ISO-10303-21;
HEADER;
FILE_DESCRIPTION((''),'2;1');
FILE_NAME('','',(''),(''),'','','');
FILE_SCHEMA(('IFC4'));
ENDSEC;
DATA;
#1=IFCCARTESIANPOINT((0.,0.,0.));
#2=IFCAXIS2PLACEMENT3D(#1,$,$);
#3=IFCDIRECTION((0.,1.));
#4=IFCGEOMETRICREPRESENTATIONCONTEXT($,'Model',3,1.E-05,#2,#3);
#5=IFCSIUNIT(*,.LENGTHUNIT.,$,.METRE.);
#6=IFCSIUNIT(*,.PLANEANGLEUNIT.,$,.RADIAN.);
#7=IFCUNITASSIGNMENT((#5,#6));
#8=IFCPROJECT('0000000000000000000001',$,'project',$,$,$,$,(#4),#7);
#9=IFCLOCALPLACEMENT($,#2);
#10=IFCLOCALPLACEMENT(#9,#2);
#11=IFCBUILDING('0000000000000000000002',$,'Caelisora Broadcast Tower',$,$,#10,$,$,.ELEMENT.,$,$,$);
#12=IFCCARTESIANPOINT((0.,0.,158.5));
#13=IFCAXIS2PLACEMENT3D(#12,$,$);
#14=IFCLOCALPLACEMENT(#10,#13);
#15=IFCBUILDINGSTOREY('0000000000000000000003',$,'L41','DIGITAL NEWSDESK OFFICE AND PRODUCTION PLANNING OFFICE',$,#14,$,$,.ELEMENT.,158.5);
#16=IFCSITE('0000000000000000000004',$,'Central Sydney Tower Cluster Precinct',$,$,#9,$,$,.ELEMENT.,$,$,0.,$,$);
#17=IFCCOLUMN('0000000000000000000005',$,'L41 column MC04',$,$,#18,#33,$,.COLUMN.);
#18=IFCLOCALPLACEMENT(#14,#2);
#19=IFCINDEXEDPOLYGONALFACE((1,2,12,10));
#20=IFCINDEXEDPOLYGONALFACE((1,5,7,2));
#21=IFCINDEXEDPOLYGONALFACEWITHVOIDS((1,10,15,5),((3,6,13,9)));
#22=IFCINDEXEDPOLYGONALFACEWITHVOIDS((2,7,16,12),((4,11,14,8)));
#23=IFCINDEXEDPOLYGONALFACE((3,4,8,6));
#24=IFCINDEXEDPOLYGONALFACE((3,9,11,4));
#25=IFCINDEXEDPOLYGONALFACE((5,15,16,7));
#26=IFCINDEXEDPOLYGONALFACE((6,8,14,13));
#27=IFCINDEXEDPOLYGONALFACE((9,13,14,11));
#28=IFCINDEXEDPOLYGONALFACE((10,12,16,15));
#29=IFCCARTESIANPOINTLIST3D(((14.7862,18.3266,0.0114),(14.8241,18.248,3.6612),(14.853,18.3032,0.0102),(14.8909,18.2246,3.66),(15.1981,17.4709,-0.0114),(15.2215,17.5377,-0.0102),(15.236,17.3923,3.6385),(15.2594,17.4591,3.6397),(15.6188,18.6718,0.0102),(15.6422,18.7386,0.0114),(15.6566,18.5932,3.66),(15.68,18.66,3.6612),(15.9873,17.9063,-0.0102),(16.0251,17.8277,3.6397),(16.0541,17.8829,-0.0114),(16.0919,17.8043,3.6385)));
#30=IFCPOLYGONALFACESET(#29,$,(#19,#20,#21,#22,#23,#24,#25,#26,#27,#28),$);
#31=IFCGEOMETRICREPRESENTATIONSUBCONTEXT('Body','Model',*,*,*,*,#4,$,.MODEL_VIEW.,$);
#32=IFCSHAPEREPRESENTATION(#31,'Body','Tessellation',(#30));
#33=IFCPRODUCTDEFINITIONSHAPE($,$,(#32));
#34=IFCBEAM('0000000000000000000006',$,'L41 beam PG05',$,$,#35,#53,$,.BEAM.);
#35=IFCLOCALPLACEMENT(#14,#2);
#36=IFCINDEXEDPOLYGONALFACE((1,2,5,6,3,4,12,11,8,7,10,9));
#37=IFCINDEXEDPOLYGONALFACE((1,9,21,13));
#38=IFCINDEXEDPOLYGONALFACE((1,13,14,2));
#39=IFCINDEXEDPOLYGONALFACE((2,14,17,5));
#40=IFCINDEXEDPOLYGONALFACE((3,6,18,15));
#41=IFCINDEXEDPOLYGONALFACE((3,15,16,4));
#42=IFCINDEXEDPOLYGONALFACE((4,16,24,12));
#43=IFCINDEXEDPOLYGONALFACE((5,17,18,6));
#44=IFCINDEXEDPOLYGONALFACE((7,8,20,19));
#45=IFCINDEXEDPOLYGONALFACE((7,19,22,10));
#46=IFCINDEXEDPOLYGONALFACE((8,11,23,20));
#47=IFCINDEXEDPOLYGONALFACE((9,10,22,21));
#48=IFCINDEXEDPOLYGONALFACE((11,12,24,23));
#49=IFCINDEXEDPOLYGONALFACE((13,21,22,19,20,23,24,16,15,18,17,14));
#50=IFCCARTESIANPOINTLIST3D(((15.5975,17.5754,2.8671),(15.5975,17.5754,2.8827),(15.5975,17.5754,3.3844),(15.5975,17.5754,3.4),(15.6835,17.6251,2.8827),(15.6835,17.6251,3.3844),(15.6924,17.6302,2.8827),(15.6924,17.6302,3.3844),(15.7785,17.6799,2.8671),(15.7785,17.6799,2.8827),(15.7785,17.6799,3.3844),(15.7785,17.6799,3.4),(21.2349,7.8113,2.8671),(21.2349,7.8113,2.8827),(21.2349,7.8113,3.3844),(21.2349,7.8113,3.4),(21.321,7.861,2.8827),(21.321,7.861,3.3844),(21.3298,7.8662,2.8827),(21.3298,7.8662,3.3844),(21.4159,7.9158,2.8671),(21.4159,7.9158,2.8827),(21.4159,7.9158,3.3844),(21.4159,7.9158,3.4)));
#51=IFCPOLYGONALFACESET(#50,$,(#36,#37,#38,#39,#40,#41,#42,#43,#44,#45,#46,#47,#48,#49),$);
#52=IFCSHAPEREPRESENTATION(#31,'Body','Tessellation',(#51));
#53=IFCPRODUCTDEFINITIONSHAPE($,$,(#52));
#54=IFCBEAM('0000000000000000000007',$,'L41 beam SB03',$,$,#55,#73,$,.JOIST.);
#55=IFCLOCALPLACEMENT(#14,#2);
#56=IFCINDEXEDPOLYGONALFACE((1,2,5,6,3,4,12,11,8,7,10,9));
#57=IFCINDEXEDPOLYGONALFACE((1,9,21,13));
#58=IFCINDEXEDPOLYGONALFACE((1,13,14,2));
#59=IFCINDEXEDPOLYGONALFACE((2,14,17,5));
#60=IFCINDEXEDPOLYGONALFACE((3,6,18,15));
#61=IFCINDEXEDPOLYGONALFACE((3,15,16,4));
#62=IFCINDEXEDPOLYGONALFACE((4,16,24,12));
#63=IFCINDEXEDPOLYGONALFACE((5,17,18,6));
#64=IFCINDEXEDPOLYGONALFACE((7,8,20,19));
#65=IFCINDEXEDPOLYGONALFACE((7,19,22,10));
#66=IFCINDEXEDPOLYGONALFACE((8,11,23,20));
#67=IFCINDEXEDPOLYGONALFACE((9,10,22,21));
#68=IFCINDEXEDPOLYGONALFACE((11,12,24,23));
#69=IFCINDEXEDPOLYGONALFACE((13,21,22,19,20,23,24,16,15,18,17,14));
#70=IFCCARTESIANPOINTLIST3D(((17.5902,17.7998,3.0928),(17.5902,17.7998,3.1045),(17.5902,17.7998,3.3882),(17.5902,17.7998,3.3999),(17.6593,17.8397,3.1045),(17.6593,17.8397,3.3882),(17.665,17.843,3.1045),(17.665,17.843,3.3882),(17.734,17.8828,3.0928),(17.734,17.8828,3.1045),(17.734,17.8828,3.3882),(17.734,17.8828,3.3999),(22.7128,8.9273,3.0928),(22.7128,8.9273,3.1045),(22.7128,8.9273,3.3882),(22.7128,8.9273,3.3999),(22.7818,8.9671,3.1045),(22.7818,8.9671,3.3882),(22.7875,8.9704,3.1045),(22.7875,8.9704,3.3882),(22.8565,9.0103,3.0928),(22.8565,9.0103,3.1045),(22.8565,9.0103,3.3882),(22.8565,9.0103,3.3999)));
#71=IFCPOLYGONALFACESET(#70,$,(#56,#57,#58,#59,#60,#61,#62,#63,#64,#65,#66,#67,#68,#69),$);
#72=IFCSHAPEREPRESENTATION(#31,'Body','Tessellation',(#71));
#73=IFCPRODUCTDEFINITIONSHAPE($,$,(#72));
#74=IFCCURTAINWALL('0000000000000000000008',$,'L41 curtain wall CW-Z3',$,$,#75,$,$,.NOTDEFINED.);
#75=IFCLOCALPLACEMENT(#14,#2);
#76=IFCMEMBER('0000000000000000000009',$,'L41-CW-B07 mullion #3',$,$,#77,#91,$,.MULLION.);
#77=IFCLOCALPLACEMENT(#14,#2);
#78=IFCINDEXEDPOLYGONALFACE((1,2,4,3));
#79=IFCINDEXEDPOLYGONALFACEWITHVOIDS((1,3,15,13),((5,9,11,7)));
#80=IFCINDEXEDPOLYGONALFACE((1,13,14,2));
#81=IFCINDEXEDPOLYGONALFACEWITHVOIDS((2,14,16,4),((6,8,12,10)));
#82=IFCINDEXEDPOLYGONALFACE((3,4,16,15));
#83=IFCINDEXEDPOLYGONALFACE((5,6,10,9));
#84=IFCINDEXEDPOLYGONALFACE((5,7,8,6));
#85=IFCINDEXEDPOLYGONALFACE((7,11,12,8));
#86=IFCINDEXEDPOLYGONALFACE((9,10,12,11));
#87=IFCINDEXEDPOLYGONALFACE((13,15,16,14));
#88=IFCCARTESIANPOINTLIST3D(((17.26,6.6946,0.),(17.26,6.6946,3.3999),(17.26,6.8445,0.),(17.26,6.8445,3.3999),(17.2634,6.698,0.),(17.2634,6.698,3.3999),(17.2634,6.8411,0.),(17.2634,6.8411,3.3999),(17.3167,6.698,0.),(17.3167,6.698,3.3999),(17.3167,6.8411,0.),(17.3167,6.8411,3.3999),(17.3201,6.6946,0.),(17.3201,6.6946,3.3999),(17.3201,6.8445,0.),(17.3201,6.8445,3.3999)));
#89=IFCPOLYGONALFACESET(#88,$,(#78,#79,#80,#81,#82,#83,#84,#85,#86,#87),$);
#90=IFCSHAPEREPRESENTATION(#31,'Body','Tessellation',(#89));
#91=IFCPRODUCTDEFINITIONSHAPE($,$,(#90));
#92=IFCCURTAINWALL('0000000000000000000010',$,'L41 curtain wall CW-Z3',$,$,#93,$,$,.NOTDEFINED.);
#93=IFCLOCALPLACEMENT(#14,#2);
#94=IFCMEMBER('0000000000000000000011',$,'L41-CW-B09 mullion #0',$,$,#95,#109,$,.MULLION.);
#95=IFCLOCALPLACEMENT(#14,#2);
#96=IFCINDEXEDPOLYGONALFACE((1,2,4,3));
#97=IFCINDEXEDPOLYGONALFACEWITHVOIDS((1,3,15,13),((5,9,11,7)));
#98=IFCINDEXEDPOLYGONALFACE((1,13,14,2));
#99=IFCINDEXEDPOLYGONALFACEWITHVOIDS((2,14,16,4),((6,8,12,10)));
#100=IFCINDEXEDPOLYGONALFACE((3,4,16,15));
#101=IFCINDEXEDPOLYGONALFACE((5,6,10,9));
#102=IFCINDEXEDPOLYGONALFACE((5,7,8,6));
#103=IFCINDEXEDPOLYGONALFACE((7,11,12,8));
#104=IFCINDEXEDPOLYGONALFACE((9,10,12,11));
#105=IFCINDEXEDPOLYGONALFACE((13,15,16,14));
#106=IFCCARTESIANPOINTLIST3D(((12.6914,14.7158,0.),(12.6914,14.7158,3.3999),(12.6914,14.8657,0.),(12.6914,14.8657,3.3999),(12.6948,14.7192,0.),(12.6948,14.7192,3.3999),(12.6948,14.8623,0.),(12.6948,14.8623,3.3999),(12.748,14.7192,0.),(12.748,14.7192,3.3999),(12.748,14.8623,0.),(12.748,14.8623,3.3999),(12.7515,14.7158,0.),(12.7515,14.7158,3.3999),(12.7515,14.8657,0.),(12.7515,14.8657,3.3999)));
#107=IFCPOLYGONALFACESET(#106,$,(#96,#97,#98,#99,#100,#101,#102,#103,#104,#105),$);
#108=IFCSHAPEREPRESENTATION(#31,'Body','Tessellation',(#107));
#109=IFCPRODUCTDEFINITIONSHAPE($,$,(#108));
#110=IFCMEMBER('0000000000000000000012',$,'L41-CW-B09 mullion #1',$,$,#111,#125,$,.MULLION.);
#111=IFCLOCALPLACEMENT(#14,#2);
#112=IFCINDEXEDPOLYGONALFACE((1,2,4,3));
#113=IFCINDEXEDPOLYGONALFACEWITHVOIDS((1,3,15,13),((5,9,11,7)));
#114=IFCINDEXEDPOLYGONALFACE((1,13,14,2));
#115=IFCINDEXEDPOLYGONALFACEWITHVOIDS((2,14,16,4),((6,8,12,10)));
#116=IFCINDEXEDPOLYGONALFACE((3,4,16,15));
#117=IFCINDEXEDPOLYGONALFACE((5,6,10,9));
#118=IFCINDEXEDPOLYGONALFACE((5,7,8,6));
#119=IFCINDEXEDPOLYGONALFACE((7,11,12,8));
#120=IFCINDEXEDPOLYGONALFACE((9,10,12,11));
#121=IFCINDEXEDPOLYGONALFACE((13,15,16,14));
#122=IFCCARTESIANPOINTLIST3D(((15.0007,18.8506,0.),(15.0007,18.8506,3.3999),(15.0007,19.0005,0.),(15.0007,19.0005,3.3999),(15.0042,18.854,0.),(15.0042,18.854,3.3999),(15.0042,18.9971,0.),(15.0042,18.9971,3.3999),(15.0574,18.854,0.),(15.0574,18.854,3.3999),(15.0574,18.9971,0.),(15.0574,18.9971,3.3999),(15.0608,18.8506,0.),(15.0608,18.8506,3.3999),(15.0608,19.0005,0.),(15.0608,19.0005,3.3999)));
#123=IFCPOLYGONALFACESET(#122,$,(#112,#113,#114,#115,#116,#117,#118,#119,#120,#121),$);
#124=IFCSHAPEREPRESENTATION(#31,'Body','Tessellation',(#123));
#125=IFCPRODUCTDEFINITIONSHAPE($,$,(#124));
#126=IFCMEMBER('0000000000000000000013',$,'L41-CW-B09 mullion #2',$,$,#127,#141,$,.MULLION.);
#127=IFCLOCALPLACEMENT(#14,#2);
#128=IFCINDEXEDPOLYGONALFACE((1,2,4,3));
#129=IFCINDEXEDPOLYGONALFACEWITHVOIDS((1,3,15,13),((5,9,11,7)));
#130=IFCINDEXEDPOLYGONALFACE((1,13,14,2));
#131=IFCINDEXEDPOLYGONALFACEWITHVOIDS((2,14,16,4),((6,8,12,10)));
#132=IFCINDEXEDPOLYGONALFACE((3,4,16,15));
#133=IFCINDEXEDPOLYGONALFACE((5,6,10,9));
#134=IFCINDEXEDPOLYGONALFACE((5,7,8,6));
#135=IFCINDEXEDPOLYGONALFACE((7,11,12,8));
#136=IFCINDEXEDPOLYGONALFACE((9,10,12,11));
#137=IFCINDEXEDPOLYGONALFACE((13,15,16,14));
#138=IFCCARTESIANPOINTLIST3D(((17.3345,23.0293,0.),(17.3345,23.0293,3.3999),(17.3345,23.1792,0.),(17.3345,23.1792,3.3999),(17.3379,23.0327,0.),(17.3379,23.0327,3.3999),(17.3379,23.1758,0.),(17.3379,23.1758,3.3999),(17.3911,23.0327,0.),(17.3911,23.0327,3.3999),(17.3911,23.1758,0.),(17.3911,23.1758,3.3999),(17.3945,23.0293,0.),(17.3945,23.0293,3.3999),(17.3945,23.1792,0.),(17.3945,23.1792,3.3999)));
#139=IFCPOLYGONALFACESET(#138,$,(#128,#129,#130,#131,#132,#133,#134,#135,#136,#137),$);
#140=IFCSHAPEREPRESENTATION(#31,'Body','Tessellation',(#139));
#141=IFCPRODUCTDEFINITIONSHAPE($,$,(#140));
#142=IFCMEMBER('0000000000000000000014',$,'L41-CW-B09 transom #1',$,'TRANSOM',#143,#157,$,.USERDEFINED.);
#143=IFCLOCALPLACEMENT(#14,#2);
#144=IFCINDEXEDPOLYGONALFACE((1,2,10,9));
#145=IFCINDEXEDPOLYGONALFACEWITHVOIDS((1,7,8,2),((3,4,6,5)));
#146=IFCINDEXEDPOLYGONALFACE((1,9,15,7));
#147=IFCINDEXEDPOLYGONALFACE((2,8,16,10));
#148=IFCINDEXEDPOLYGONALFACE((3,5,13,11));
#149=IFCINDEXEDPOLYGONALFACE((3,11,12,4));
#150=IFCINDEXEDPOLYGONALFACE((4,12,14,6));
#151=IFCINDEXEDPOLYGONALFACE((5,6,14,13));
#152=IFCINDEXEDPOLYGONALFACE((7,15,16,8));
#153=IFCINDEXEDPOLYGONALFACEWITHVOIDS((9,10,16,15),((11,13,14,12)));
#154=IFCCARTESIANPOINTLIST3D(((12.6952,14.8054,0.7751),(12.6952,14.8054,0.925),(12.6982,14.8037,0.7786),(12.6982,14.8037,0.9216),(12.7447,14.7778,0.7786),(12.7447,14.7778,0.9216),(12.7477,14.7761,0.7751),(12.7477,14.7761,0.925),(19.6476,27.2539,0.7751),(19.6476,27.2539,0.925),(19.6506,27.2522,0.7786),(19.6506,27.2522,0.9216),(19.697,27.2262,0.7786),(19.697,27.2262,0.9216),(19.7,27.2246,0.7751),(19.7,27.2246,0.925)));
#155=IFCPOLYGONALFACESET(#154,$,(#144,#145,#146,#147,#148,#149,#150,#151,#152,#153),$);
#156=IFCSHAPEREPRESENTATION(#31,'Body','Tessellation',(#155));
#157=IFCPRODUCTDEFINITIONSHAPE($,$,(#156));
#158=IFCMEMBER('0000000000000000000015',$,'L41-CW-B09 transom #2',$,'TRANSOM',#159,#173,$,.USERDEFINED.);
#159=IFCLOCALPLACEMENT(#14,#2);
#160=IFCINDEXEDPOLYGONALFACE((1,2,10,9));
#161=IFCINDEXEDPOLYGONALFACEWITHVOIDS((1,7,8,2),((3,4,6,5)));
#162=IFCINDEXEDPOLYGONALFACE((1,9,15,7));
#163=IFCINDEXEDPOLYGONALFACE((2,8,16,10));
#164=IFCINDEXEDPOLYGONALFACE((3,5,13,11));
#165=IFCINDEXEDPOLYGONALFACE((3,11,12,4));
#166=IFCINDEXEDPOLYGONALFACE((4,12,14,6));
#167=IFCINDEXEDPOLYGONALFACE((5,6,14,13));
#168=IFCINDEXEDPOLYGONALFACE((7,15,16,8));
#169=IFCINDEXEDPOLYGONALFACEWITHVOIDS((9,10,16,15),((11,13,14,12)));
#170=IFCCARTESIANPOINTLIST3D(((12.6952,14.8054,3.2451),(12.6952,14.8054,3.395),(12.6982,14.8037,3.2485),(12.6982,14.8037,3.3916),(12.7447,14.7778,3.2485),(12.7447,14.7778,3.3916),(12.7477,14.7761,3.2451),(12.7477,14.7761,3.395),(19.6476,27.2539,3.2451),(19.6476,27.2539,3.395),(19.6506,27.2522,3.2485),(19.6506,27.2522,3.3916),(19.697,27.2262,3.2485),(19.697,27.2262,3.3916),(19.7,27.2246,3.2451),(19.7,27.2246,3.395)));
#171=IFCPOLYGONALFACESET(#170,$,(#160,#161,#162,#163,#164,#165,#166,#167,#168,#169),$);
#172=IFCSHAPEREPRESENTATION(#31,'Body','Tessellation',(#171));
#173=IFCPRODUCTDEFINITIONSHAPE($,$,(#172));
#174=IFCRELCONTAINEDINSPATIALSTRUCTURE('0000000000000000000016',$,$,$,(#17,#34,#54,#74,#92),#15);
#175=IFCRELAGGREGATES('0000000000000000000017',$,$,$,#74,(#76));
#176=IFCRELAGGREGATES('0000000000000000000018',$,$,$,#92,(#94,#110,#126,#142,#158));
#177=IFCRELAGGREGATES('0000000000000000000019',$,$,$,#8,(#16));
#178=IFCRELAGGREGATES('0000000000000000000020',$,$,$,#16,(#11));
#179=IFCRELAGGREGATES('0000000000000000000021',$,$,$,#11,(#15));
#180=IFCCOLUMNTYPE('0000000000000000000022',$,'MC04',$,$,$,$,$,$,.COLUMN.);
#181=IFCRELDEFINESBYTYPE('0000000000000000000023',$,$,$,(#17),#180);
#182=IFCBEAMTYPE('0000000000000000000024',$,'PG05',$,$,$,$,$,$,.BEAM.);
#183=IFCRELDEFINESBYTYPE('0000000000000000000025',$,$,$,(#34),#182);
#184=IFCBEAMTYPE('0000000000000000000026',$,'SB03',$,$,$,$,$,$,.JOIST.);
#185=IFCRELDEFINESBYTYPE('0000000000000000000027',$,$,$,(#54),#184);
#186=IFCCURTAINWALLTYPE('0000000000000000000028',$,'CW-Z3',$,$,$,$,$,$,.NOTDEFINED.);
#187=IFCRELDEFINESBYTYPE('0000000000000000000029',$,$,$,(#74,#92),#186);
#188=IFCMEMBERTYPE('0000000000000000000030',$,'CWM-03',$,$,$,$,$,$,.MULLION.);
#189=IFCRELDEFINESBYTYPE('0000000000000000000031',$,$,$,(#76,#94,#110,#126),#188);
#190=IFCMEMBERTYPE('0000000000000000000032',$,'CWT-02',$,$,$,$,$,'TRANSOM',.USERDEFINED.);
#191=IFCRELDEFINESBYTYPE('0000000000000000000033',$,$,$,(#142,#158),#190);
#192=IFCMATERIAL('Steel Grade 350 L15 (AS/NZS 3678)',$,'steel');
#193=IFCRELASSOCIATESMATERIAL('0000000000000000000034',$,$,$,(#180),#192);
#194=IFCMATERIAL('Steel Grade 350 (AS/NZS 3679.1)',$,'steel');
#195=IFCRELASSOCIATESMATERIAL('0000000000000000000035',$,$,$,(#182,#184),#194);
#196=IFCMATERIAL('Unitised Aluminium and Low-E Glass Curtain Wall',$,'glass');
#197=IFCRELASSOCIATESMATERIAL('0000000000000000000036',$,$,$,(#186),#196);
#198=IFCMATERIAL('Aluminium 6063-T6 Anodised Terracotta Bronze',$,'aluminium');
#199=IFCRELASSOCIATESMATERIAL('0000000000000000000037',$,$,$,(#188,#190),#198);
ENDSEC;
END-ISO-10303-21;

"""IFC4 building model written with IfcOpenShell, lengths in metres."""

from ifc_helpers import new_model, si_unit, direction, frame, origin, origin_2d, place, context, subcontext, project, spatial, hollow_rectangle, i_section, extrude, source, transform, mapped, material, material_profile, profile_set, type_object, type_shapes, element, aggregate, save


model = new_model("IFC4")

# Units and contexts
model_context = context("Model", 3, precision=1e-05, world=origin(), true_north=direction((0.0, 1.0)))
body_context = subcontext(model_context, "Body", "Model", "MODEL_VIEW")
ifc_project = project(units=[si_unit("LENGTHUNIT", "METRE"), si_unit("PLANEANGLEUNIT", "RADIAN")], contexts=[model_context])

# Site, building, storey
site_placement = place(None, origin())
site = spatial("IfcSite", under=ifc_project, at=site_placement, Name="Central Sydney Tower Cluster Precinct", CompositionType="ELEMENT", RefElevation=0.0)
building_placement = place(site_placement, origin())
building = spatial("IfcBuilding", under=site, at=building_placement, Name="Caelisora Broadcast Tower", CompositionType="ELEMENT")
storey_placement = place(building_placement, frame((0.0, 0.0, 158.5)))
storey = spatial("IfcBuildingStorey", under=building, at=storey_placement, Name="L41", Description="DIGITAL NEWSDESK OFFICE AND PRODUCTION PLANNING OFFICE", CompositionType="ELEMENT", Elevation=158.5)

# Column
ifc_material_1 = material(Name="Steel Grade 350 L15 (AS/NZS 3678)", Category="steel")
ifc_material_profile_1 = material_profile(ifc_material_1, hollow_rectangle(XDim=0.95, YDim=0.95, WallThickness=0.05, at=origin_2d()), Name="Steel Grade 350 L15 (AS/NZS 3678)")
ifc_profile_set_1 = profile_set([ifc_material_profile_1], Name="Steel Grade 350 L15 (AS/NZS 3678)")
column_type = type_object("IfcColumnType", Name="MC04", PredefinedType="COLUMN", material=ifc_profile_set_1)
shared_shape_1 = source(origin(), body_context, "Body", "SweptSolid", [
    extrude(hollow_rectangle(XDim=0.95, YDim=0.95, WallThickness=0.05, at=origin_2d()), origin(), (0.0, 0.0, 1.0), 3.6509),
])
type_shapes(column_type, [shared_shape_1])
column_placement = place(storey_placement, frame((15.4202, 18.1047, 0.0), z_axis=(0.010365, -0.021532, 0.999714), x_axis=(0.901042, 0.433731, 0.0)))
element("IfcColumn", 1, at=column_placement, inside=storey, type_object=column_type, Name="L41 column MC04", PredefinedType="COLUMN", context=body_context, shape_type="MappedRepresentation", body=[
    mapped(shared_shape_1, transform((0.0, 0.0, 0.0), scale=1.0)),
])

# Beams
ifc_material_2 = material(Name="Steel Grade 350 (AS/NZS 3679.1)", Category="steel")
ifc_material_profile_2 = material_profile(ifc_material_2, i_section(OverallWidth=0.209, OverallDepth=0.533, WebThickness=0.0103, FlangeThickness=0.0156, at=origin_2d()), Name="Steel Grade 350 (AS/NZS 3679.1)")
ifc_profile_set_2 = profile_set([ifc_material_profile_2], Name="Steel Grade 350 (AS/NZS 3679.1)")
beam_type_1 = type_object("IfcBeamType", Name="PG05", PredefinedType="BEAM", material=ifc_profile_set_2)
shared_shape_2 = source(origin(), body_context, "Body", "SweptSolid", [
    extrude(i_section(OverallWidth=0.209, OverallDepth=0.533, WebThickness=0.0103, FlangeThickness=0.0156, at=origin_2d()), origin(), (0.0, 0.0, 1.0), 11.2747),
])
type_shapes(beam_type_1, [shared_shape_2])
beam_1_placement = place(storey_placement, frame((15.688, 17.6277, 3.1335), z_axis=(0.500007, -0.866021, 0.0), x_axis=(0.866021, 0.500007, 0.0)))
element("IfcBeam", 2, at=beam_1_placement, inside=storey, type_object=beam_type_1, Name="L41 beam PG05", PredefinedType="BEAM", context=body_context, shape_type="MappedRepresentation", body=[
    mapped(shared_shape_2, transform((0.0, 0.0, 0.0), scale=1.0)),
])
ifc_material_profile_3 = material_profile(ifc_material_2, i_section(OverallWidth=0.166, OverallDepth=0.3071, WebThickness=0.0066, FlangeThickness=0.0117, at=origin_2d()), Name="Steel Grade 350 (AS/NZS 3679.1)")
ifc_profile_set_3 = profile_set([ifc_material_profile_3], Name="Steel Grade 350 (AS/NZS 3679.1)")
beam_type_2 = type_object("IfcBeamType", Name="SB03", PredefinedType="JOIST", material=ifc_profile_set_3)
shared_shape_3 = source(origin(), body_context, "Body", "SweptSolid", [
    extrude(i_section(OverallWidth=0.166, OverallDepth=0.3071, WebThickness=0.0066, FlangeThickness=0.0117, at=origin_2d()), origin(), (0.0, 0.0, 1.0), 10.2451),
])
type_shapes(beam_type_2, [shared_shape_3])
beam_2_placement = place(storey_placement, frame((17.6621, 17.8413, 3.2463), z_axis=(0.499999, -0.866026, 0.0), x_axis=(0.866026, 0.499999, 0.0)))
element("IfcBeam", 3, at=beam_2_placement, inside=storey, type_object=beam_type_2, Name="L41 beam SB03", PredefinedType="JOIST", context=body_context, shape_type="MappedRepresentation", body=[
    mapped(shared_shape_3, transform((0.0, 0.0, 0.0), scale=1.0)),
])

# Curtain wall, member
ifc_material_3 = material(Name="Unitised Aluminium and Low-E Glass Curtain Wall", Category="glass")
curtain_wall_type = type_object("IfcCurtainWallType", Name="CW-Z3", PredefinedType="NOTDEFINED", material=ifc_material_3)
curtain_wall_1_placement = place(storey_placement, origin())
curtain_wall_1 = element("IfcCurtainWall", 4, at=curtain_wall_1_placement, inside=storey, type_object=curtain_wall_type, Name="L41 curtain wall CW-Z3", PredefinedType="NOTDEFINED")
ifc_material_4 = material(Name="Aluminium 6063-T6 Anodised Terracotta Bronze", Category="aluminium")
ifc_material_profile_4 = material_profile(ifc_material_4, hollow_rectangle(XDim=0.0601, YDim=0.1499, WallThickness=0.0034, at=origin_2d()), Name="Aluminium 6063-T6 Anodised Terracotta Bronze")
ifc_profile_set_4 = profile_set([ifc_material_profile_4], Name="Aluminium 6063-T6 Anodised Terracotta Bronze")
member_type_1 = type_object("IfcMemberType", Name="CWM-03", PredefinedType="MULLION", material=ifc_profile_set_4)
shared_shape_4 = source(origin(), body_context, "Body", "SweptSolid", [
    extrude(hollow_rectangle(XDim=0.0601, YDim=0.1499, WallThickness=0.0034, at=origin_2d()), origin(), (0.0, 0.0, 1.0), 3.3999),
])
type_shapes(member_type_1, [shared_shape_4])
member_1_placement = place(storey_placement, frame((17.29, 6.7695, 0.0), z_axis=(0.0, 0.0, 1.0), x_axis=(1.0, 0.0, 0.0)))
member_1 = element("IfcMember", 5, at=member_1_placement, type_object=member_type_1, Name="L41-CW-B07 mullion #3", PredefinedType="MULLION", context=body_context, shape_type="MappedRepresentation", body=[
    mapped(shared_shape_4, transform((0.0, 0.0, 0.0), scale=1.0)),
])
aggregate(curtain_wall_1, [member_1])

# Curtain wall, members
curtain_wall_2_placement = place(storey_placement, origin())
curtain_wall_2 = element("IfcCurtainWall", 6, at=curtain_wall_2_placement, inside=storey, type_object=curtain_wall_type, Name="L41 curtain wall CW-Z3", PredefinedType="NOTDEFINED")
member_2_placement = place(storey_placement, frame((12.7214, 14.7908, 0.0), z_axis=(0.0, 0.0, 1.0), x_axis=(1.0, 0.0, 0.0)))
member_2 = element("IfcMember", 7, at=member_2_placement, type_object=member_type_1, Name="L41-CW-B09 mullion #0", PredefinedType="MULLION", context=body_context, shape_type="MappedRepresentation", body=[
    mapped(shared_shape_4, transform((0.0, 0.0, 0.0), scale=1.0)),
])
member_3_placement = place(storey_placement, frame((15.0308, 18.9255, 0.0), z_axis=(0.0, 0.0, 1.0), x_axis=(1.0, 0.0, 0.0)))
member_3 = element("IfcMember", 8, at=member_3_placement, type_object=member_type_1, Name="L41-CW-B09 mullion #1", PredefinedType="MULLION", context=body_context, shape_type="MappedRepresentation", body=[
    mapped(shared_shape_4, transform((0.0, 0.0, 0.0), scale=1.0)),
])
member_4_placement = place(storey_placement, frame((17.3645, 23.1042, 0.0), z_axis=(0.0, 0.0, 1.0), x_axis=(1.0, 0.0, 0.0)))
member_4 = element("IfcMember", 9, at=member_4_placement, type_object=member_type_1, Name="L41-CW-B09 mullion #2", PredefinedType="MULLION", context=body_context, shape_type="MappedRepresentation", body=[
    mapped(shared_shape_4, transform((0.0, 0.0, 0.0), scale=1.0)),
])
ifc_material_profile_5 = material_profile(ifc_material_4, hollow_rectangle(XDim=0.0601, YDim=0.1499, WallThickness=0.0034, at=origin_2d()), Name="Aluminium 6063-T6 Anodised Terracotta Bronze")
ifc_profile_set_5 = profile_set([ifc_material_profile_5], Name="Aluminium 6063-T6 Anodised Terracotta Bronze")
member_type_2 = type_object("IfcMemberType", Name="CWT-02", ElementType="TRANSOM", PredefinedType="USERDEFINED", material=ifc_profile_set_5)
shared_shape_5 = source(origin(), body_context, "Body", "SweptSolid", [
    extrude(hollow_rectangle(XDim=0.0601, YDim=0.1499, WallThickness=0.0034, at=origin_2d()), origin(), (0.0, 0.0, 1.0), 14.2583),
])
type_shapes(member_type_2, [shared_shape_5])
member_5_placement = place(storey_placement, frame((12.7214, 14.7908, 0.8501), z_axis=(0.487601, 0.873066, 0.0), x_axis=(-0.873066, 0.487601, 0.0)))
member_5 = element("IfcMember", 10, at=member_5_placement, type_object=member_type_2, Name="L41-CW-B09 transom #1", ObjectType="TRANSOM", PredefinedType="USERDEFINED", context=body_context, shape_type="MappedRepresentation", body=[
    mapped(shared_shape_5, transform((0.0, 0.0, 0.0), scale=1.0)),
])
member_6_placement = place(storey_placement, frame((12.7214, 14.7908, 3.3201), z_axis=(0.487601, 0.873066, 0.0), x_axis=(-0.873066, 0.487601, 0.0)))
member_6 = element("IfcMember", 11, at=member_6_placement, type_object=member_type_2, Name="L41-CW-B09 transom #2", ObjectType="TRANSOM", PredefinedType="USERDEFINED", context=body_context, shape_type="MappedRepresentation", body=[
    mapped(shared_shape_5, transform((0.0, 0.0, 0.0), scale=1.0)),
])

aggregate(curtain_wall_2, [member_2, member_3, member_4, member_5, member_6])

save(model, "model.ifc")
